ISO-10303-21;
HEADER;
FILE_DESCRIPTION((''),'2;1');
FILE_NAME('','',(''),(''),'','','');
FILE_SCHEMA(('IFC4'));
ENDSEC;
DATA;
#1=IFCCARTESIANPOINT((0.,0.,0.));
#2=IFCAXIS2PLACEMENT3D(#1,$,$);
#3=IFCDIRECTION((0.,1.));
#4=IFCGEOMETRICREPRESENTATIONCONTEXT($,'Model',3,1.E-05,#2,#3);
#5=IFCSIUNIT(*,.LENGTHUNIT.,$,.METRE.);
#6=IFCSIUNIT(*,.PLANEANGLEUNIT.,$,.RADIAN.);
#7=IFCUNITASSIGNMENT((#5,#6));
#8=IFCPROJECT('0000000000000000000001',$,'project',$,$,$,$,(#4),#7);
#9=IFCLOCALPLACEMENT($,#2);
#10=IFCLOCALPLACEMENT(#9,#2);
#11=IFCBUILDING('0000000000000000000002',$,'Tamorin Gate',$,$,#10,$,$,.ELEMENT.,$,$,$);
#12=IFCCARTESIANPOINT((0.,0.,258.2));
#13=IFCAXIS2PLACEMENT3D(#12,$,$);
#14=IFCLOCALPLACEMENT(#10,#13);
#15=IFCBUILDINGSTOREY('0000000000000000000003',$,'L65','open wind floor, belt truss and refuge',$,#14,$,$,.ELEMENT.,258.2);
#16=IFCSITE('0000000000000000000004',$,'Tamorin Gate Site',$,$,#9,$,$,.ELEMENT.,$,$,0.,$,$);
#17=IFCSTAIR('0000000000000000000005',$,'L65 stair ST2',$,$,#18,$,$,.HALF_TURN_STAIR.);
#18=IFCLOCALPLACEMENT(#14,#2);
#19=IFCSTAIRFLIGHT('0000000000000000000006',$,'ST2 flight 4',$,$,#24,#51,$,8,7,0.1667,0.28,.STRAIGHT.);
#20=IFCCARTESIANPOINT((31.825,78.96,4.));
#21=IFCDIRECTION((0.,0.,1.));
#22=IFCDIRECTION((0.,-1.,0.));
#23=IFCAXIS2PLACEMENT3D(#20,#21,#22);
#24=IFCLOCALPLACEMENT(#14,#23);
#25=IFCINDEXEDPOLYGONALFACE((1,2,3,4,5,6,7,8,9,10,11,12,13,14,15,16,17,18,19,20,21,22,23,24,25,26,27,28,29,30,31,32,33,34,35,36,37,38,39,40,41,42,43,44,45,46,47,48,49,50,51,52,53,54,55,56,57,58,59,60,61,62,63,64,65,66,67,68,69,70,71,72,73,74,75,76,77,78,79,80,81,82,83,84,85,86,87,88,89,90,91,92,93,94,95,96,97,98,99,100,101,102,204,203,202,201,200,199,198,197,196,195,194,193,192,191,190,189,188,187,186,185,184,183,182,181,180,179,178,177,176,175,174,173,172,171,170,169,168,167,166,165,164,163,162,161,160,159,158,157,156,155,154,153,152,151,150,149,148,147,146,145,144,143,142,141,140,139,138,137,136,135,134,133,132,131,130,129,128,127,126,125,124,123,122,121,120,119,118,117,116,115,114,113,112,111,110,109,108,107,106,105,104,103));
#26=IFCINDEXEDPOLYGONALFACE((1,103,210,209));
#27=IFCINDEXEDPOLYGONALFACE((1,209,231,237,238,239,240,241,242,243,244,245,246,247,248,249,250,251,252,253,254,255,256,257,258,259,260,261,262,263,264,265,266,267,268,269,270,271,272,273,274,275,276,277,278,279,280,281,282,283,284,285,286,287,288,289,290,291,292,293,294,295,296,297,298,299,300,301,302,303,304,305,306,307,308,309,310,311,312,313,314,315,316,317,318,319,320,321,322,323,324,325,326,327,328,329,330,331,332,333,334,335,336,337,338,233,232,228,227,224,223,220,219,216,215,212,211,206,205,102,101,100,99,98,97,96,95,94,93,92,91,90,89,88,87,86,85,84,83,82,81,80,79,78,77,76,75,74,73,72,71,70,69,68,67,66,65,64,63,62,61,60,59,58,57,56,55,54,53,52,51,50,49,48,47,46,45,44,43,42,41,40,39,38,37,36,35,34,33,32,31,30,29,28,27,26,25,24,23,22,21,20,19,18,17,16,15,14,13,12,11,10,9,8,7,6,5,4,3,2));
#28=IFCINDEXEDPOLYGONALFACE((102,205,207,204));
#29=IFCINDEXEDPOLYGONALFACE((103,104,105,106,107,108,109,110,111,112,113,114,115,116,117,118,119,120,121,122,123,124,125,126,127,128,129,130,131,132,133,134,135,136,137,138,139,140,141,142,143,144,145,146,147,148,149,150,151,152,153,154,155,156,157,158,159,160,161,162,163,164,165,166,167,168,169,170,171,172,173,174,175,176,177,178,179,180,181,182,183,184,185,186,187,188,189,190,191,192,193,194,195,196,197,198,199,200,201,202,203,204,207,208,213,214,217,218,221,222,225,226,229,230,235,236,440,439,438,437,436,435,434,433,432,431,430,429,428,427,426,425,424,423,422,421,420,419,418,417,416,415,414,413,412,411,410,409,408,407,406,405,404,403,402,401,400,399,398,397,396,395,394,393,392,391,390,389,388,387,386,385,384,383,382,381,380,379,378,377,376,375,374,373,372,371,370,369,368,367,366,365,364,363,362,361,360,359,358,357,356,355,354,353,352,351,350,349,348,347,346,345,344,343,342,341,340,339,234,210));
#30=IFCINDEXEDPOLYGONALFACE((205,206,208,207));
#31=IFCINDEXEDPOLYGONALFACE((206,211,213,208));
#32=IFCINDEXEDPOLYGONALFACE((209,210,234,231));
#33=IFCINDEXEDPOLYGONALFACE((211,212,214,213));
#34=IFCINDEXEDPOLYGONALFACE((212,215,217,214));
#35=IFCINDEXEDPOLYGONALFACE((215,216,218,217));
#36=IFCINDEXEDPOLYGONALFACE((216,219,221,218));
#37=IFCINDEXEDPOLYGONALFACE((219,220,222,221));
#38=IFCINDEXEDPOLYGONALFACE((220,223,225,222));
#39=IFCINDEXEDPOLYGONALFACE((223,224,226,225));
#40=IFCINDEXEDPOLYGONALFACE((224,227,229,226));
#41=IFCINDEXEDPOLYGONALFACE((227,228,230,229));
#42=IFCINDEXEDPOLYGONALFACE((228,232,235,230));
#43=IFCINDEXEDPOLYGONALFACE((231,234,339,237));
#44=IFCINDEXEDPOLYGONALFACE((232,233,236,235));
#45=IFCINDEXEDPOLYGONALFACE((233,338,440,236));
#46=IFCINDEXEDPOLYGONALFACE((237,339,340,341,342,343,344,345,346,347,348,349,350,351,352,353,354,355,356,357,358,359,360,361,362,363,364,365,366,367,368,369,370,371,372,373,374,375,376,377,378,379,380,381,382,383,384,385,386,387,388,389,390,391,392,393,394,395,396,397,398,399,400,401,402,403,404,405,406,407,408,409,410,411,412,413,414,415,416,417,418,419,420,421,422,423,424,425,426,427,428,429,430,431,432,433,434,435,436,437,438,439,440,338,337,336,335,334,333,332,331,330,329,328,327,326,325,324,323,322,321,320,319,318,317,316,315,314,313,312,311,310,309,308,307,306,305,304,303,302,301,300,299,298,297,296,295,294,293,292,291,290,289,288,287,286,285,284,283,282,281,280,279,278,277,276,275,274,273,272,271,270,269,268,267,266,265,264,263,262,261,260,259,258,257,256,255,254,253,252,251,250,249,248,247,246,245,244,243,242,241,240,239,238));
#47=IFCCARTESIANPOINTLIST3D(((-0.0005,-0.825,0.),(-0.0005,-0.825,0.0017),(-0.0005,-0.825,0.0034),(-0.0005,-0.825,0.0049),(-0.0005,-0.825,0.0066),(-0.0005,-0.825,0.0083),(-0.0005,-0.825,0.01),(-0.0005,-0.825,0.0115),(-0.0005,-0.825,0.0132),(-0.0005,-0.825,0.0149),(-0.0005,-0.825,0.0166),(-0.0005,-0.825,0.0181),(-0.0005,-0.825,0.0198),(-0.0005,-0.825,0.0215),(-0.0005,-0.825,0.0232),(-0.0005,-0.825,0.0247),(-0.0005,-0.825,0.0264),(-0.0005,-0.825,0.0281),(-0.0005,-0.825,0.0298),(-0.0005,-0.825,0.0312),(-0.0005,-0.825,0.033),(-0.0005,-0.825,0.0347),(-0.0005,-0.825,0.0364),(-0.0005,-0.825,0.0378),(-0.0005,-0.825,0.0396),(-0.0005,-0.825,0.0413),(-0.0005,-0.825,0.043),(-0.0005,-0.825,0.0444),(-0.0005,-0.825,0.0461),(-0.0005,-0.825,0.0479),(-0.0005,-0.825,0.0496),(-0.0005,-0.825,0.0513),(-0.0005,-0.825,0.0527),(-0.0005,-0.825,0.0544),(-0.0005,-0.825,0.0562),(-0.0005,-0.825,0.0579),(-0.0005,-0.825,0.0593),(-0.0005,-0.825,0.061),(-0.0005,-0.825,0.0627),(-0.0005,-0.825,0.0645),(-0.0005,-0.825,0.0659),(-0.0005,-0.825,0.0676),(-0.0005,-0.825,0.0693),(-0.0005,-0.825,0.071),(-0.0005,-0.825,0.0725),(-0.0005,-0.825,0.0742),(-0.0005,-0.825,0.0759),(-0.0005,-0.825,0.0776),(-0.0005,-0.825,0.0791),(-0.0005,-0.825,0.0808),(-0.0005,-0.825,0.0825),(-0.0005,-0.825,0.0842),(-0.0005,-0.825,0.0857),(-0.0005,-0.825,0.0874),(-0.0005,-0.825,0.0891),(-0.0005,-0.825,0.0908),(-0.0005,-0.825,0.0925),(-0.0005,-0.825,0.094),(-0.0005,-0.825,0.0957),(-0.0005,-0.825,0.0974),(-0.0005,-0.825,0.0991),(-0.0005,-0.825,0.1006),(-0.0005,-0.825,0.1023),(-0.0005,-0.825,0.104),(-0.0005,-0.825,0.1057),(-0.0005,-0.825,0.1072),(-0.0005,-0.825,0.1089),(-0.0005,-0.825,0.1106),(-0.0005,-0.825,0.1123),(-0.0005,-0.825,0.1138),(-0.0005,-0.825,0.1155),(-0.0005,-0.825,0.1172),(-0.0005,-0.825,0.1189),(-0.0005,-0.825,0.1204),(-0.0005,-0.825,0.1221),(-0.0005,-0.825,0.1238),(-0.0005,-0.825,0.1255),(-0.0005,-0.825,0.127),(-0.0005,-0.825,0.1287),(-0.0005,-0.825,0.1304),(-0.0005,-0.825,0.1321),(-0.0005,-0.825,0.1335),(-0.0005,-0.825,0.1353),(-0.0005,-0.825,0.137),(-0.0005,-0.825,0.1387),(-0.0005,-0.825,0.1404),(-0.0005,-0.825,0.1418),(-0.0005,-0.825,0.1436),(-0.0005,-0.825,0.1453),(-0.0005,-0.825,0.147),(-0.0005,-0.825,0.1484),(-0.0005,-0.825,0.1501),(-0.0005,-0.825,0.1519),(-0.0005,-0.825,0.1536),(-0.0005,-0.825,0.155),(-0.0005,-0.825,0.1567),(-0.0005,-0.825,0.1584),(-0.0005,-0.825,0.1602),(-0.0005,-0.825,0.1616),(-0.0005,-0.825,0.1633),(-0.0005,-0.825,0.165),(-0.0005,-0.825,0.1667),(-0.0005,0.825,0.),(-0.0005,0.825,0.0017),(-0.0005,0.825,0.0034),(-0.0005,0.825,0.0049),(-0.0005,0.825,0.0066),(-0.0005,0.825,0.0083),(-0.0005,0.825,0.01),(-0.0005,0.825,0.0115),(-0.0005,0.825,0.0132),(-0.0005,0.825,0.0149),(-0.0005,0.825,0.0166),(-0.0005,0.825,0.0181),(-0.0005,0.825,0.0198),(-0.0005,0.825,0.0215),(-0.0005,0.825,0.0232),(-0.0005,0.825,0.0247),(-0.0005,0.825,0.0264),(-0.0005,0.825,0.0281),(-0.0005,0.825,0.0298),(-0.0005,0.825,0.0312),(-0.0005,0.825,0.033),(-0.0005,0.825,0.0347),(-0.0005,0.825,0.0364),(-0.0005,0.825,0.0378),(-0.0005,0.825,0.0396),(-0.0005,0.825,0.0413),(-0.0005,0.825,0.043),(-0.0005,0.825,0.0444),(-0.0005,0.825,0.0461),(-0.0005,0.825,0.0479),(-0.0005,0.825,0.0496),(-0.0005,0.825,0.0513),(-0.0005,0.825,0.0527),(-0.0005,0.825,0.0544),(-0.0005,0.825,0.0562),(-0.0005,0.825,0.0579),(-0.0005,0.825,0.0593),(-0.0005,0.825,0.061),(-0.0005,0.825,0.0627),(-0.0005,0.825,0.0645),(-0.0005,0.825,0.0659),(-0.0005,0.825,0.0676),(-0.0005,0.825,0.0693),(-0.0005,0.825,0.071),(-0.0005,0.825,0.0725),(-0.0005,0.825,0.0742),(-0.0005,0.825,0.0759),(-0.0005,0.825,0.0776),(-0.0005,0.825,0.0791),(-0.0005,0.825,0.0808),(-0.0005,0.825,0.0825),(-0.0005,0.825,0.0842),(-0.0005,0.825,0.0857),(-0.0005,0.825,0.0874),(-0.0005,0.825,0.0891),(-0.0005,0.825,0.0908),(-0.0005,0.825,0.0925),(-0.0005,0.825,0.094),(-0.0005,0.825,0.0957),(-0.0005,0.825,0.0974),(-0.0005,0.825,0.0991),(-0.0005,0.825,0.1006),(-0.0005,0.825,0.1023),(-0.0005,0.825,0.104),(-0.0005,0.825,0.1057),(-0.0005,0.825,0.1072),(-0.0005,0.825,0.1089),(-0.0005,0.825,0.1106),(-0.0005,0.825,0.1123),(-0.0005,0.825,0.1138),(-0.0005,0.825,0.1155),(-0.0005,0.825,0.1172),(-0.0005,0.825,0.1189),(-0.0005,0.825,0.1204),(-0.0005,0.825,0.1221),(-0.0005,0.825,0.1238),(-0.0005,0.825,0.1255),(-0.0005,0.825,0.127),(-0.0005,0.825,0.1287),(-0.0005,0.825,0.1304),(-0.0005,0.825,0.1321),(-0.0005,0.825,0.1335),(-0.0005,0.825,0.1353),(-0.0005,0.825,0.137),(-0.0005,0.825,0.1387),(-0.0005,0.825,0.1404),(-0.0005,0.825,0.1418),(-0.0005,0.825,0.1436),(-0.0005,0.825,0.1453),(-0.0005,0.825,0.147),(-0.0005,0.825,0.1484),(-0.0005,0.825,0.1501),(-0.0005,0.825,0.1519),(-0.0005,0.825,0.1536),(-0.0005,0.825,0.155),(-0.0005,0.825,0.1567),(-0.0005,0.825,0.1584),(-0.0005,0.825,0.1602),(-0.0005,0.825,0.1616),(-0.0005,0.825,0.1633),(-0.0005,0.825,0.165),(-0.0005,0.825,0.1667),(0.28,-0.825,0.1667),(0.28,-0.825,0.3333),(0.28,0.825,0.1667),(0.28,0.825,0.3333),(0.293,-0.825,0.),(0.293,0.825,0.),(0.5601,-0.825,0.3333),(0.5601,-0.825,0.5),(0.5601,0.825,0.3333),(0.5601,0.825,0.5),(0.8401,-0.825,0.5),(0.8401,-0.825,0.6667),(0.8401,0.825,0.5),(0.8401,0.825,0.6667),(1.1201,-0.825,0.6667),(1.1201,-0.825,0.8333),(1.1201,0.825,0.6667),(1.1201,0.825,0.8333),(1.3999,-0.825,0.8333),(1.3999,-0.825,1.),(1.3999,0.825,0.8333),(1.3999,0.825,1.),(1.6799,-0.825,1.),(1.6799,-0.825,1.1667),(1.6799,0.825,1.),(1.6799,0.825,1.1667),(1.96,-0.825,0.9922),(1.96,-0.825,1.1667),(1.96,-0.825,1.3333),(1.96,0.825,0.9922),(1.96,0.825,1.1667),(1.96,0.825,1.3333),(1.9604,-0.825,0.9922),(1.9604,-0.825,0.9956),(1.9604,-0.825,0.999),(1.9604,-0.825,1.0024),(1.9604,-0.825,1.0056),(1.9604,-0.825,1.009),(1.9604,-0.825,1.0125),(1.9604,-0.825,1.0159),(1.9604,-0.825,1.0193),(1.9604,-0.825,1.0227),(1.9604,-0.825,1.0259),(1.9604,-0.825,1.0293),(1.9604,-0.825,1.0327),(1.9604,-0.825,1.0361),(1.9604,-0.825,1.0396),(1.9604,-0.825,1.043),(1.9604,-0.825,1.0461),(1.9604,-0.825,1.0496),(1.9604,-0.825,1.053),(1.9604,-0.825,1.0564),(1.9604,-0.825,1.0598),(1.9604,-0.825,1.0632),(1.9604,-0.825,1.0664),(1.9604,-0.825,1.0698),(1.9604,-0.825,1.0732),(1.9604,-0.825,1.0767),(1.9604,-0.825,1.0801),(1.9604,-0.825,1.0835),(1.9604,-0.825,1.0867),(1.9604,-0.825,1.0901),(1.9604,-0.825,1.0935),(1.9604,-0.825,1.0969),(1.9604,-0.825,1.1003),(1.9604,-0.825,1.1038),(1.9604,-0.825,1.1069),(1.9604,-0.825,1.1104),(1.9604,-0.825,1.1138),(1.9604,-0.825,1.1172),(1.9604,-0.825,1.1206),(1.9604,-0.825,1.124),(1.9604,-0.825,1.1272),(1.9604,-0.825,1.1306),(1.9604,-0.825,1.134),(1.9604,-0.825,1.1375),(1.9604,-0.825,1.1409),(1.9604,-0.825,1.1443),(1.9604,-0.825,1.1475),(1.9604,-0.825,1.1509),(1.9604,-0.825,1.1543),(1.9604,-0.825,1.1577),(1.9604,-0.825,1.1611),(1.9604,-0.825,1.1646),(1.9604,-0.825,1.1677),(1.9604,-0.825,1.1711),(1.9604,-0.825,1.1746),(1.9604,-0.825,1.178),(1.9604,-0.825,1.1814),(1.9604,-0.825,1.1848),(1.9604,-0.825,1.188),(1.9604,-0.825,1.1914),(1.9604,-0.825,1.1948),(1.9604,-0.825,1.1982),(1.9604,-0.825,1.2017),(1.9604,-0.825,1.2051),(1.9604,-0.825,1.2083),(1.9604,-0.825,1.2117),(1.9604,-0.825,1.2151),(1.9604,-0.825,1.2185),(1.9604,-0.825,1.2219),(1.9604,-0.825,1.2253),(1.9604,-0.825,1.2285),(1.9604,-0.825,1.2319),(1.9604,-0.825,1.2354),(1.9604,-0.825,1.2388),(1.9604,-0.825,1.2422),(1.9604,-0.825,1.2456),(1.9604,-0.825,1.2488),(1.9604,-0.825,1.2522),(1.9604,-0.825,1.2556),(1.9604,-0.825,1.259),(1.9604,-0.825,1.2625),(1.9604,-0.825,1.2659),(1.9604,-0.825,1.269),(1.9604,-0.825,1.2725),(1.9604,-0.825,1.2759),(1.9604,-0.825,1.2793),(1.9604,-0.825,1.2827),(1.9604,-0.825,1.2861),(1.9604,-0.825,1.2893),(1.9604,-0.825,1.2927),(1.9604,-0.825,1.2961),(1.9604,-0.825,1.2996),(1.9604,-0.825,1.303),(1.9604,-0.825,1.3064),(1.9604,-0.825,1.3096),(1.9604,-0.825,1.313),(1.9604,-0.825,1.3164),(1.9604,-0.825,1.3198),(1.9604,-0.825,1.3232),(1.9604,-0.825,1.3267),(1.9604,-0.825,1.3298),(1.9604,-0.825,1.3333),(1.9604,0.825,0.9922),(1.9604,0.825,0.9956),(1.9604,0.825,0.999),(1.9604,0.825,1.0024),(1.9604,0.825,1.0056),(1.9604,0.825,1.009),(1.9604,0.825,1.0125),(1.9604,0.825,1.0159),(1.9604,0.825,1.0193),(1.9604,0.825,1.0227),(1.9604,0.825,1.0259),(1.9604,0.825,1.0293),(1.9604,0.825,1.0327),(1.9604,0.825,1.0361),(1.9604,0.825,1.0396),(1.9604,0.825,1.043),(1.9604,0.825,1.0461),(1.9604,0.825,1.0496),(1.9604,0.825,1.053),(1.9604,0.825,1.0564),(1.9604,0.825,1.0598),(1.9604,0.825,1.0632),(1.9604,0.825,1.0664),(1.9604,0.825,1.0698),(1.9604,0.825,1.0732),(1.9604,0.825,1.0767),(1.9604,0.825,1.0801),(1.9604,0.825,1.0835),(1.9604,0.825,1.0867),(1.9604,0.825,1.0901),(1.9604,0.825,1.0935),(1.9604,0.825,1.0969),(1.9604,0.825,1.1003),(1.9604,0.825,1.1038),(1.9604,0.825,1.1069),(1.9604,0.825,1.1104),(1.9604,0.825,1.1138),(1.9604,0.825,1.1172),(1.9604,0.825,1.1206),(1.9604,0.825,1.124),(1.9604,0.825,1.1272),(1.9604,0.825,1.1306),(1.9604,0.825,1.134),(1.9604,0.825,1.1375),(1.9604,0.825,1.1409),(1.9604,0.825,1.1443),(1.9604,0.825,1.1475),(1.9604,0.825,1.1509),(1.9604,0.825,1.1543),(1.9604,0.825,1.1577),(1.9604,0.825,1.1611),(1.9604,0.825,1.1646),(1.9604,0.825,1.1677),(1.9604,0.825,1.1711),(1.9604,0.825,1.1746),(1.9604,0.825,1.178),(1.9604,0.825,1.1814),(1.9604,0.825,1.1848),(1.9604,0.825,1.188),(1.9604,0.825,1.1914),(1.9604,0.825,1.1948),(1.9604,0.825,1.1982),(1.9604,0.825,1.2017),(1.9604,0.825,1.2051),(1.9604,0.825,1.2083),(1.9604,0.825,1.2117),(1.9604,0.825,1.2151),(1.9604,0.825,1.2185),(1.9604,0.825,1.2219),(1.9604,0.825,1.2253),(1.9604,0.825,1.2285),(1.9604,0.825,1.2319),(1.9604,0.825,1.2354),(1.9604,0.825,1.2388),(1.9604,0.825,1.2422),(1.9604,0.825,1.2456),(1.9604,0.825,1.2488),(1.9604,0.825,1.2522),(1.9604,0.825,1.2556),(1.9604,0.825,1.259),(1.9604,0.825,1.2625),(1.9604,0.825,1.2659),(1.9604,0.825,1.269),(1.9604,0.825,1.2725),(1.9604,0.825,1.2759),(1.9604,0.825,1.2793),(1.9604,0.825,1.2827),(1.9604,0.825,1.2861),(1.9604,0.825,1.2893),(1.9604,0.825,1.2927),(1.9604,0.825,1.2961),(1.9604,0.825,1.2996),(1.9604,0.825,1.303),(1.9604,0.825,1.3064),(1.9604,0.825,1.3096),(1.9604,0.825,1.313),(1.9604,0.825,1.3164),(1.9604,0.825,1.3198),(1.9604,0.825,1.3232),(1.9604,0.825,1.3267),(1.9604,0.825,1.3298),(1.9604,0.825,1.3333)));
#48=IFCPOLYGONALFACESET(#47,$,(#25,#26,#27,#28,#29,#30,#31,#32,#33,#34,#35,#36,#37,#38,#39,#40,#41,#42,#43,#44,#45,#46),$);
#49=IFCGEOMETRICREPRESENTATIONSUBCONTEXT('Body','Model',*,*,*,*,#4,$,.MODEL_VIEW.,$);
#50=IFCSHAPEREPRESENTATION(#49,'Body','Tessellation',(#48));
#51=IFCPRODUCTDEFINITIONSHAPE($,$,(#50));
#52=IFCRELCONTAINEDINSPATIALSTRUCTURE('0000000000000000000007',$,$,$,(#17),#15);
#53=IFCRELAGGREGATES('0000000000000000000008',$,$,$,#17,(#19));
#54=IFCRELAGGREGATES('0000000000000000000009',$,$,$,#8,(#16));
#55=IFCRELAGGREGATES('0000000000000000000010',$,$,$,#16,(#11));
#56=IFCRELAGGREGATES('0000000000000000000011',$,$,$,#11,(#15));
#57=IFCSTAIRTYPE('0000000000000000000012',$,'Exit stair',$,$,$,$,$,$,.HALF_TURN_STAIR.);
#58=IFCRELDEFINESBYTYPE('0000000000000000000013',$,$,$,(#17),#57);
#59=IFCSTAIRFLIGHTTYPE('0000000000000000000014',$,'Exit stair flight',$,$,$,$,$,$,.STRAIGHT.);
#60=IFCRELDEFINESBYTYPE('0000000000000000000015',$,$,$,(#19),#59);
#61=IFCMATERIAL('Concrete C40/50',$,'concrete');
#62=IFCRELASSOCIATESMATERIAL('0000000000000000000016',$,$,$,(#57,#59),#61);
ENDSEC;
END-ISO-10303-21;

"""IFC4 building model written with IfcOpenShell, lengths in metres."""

from ifc_helpers import new_model, si_unit, direction, frame, origin, place, context, subcontext, project, spatial, polyline, outline, extrude, material, type_object, element, aggregate, save


model = new_model("IFC4")

# Units and contexts
model_context = context("Model", 3, precision=1e-05, world=origin(), true_north=direction((0.0, 1.0)))
body_context = subcontext(model_context, "Body", "Model", "MODEL_VIEW")
ifc_project = project(units=[si_unit("LENGTHUNIT", "METRE"), si_unit("PLANEANGLEUNIT", "RADIAN")], contexts=[model_context])

# Site, building, storey
site_placement = place(None, origin())
site = spatial("IfcSite", under=ifc_project, at=site_placement, Name="Tamorin Gate Site", CompositionType="ELEMENT", RefElevation=0.0)
building_placement = place(site_placement, origin())
building = spatial("IfcBuilding", under=site, at=building_placement, Name="Tamorin Gate", CompositionType="ELEMENT")
storey_placement = place(building_placement, frame((0.0, 0.0, 258.2)))
storey = spatial("IfcBuildingStorey", under=building, at=storey_placement, Name="L65", Description="open wind floor, belt truss and refuge", CompositionType="ELEMENT", Elevation=258.2)

# Stair, stair flight
ifc_material_1 = material(Name="Concrete C40/50", Category="concrete")
stair_type = type_object("IfcStairType", Name="Exit stair", PredefinedType="HALF_TURN_STAIR", material=ifc_material_1)
stair_placement = place(storey_placement, origin())
stair = element("IfcStair", 1, at=stair_placement, inside=storey, type_object=stair_type, Name="L65 stair ST2", PredefinedType="HALF_TURN_STAIR")
stair_flight_type = type_object("IfcStairFlightType", Name="Exit stair flight", PredefinedType="STRAIGHT", material=ifc_material_1)
stair_flight_1_placement = place(storey_placement, frame((31.825, 78.96, 4.0), z_axis=(0.0, 0.0, 1.0), x_axis=(0.0, -1.0, 0.0)))
stair_flight_1 = element("IfcStairFlight", 2, at=stair_flight_1_placement, type_object=stair_flight_type, Name="ST2 flight 4", NumberOfRisers=8, NumberOfTreads=7, PredefinedType="STRAIGHT", RiserHeight=0.1667, TreadLength=0.28, context=body_context, shape_type="SweptSolid", body=[
    extrude(outline(polyline([(-0.0005, 0.0), (-0.0005, 0.0017), (-0.0005, 0.0034), (-0.0005, 0.0049), (-0.0005, 0.0066), (-0.0005, 0.0083), (-0.0005, 0.01), (-0.0005, 0.0115), (-0.0005, 0.0132), (-0.0005, 0.0149), (-0.0005, 0.0166), (-0.0005, 0.0181), (-0.0005, 0.0198), (-0.0005, 0.0215), (-0.0005, 0.0232), (-0.0005, 0.0247), (-0.0005, 0.0264), (-0.0005, 0.0281), (-0.0005, 0.0298), (-0.0005, 0.0312), (-0.0005, 0.033), (-0.0005, 0.0347), (-0.0005, 0.0364), (-0.0005, 0.0378), (-0.0005, 0.0396), (-0.0005, 0.0413), (-0.0005, 0.043), (-0.0005, 0.0444), (-0.0005, 0.0461), (-0.0005, 0.0479), (-0.0005, 0.0496), (-0.0005, 0.0513), (-0.0005, 0.0527), (-0.0005, 0.0544), (-0.0005, 0.0562), (-0.0005, 0.0579), (-0.0005, 0.0593), (-0.0005, 0.061), (-0.0005, 0.0627), (-0.0005, 0.0645), (-0.0005, 0.0659), (-0.0005, 0.0676), (-0.0005, 0.0693), (-0.0005, 0.071), (-0.0005, 0.0725), (-0.0005, 0.0742), (-0.0005, 0.0759), (-0.0005, 0.0776), (-0.0005, 0.0791), (-0.0005, 0.0808), (-0.0005, 0.0825), (-0.0005, 0.0842), (-0.0005, 0.0857), (-0.0005, 0.0874), (-0.0005, 0.0891), (-0.0005, 0.0908), (-0.0005, 0.0925), (-0.0005, 0.094), (-0.0005, 0.0957), (-0.0005, 0.0974), (-0.0005, 0.0991), (-0.0005, 0.1006), (-0.0005, 0.1023), (-0.0005, 0.104), (-0.0005, 0.1057), (-0.0005, 0.1072), (-0.0005, 0.1089), (-0.0005, 0.1106), (-0.0005, 0.1123), (-0.0005, 0.1138), (-0.0005, 0.1155), (-0.0005, 0.1172), (-0.0005, 0.1189), (-0.0005, 0.1204), (-0.0005, 0.1221), (-0.0005, 0.1238), (-0.0005, 0.1255), (-0.0005, 0.127), (-0.0005, 0.1287), (-0.0005, 0.1304), (-0.0005, 0.1321), (-0.0005, 0.1335), (-0.0005, 0.1353), (-0.0005, 0.137), (-0.0005, 0.1387), (-0.0005, 0.1404), (-0.0005, 0.1418), (-0.0005, 0.1436), (-0.0005, 0.1453), (-0.0005, 0.147), (-0.0005, 0.1484), (-0.0005, 0.1501), (-0.0005, 0.1519), (-0.0005, 0.1536), (-0.0005, 0.155), (-0.0005, 0.1567), (-0.0005, 0.1584), (-0.0005, 0.1602), (-0.0005, 0.1616), (-0.0005, 0.1633), (-0.0005, 0.165), (-0.0005, 0.1667), (0.28, 0.1667), (0.28, 0.3333), (0.5601, 0.3333), (0.5601, 0.5), (0.8401, 0.5), (0.8401, 0.6667), (1.1201, 0.6667), (1.1201, 0.8333), (1.3999, 0.8333), (1.3999, 1.0), (1.6799, 1.0), (1.6799, 1.1667), (1.96, 1.1667), (1.96, 1.3333), (1.9604, 1.3333), (1.9604, 1.3298), (1.9604, 1.3267), (1.9604, 1.3232), (1.9604, 1.3198), (1.9604, 1.3164), (1.9604, 1.313), (1.9604, 1.3096), (1.9604, 1.3064), (1.9604, 1.303), (1.9604, 1.2996), (1.9604, 1.2961), (1.9604, 1.2927), (1.9604, 1.2893), (1.9604, 1.2861), (1.9604, 1.2827), (1.9604, 1.2793), (1.9604, 1.2759), (1.9604, 1.2725), (1.9604, 1.269), (1.9604, 1.2659), (1.9604, 1.2625), (1.9604, 1.259), (1.9604, 1.2556), (1.9604, 1.2522), (1.9604, 1.2488), (1.9604, 1.2456), (1.9604, 1.2422), (1.9604, 1.2388), (1.9604, 1.2354), (1.9604, 1.2319), (1.9604, 1.2285), (1.9604, 1.2253), (1.9604, 1.2219), (1.9604, 1.2185), (1.9604, 1.2151), (1.9604, 1.2117), (1.9604, 1.2083), (1.9604, 1.2051), (1.9604, 1.2017), (1.9604, 1.1982), (1.9604, 1.1948), (1.9604, 1.1914), (1.9604, 1.188), (1.9604, 1.1848), (1.9604, 1.1814), (1.9604, 1.178), (1.9604, 1.1746), (1.9604, 1.1711), (1.9604, 1.1677), (1.9604, 1.1646), (1.9604, 1.1611), (1.9604, 1.1577), (1.9604, 1.1543), (1.9604, 1.1509), (1.9604, 1.1475), (1.9604, 1.1443), (1.9604, 1.1409), (1.9604, 1.1375), (1.9604, 1.134), (1.9604, 1.1306), (1.9604, 1.1272), (1.9604, 1.124), (1.9604, 1.1206), (1.9604, 1.1172), (1.9604, 1.1138), (1.9604, 1.1104), (1.9604, 1.1069), (1.9604, 1.1038), (1.9604, 1.1003), (1.9604, 1.0969), (1.9604, 1.0935), (1.9604, 1.0901), (1.9604, 1.0867), (1.9604, 1.0835), (1.9604, 1.0801), (1.9604, 1.0767), (1.9604, 1.0732), (1.9604, 1.0698), (1.9604, 1.0664), (1.9604, 1.0632), (1.9604, 1.0598), (1.9604, 1.0564), (1.9604, 1.053), (1.9604, 1.0496), (1.9604, 1.0461), (1.9604, 1.043), (1.9604, 1.0396), (1.9604, 1.0361), (1.9604, 1.0327), (1.9604, 1.0293), (1.9604, 1.0259), (1.9604, 1.0227), (1.9604, 1.0193), (1.9604, 1.0159), (1.9604, 1.0125), (1.9604, 1.009), (1.9604, 1.0056), (1.9604, 1.0024), (1.9604, 0.999), (1.9604, 0.9956), (1.9604, 0.9922), (1.96, 0.9922), (0.293, 0.0), (-0.0005, 0.0)])), frame((0.0, 0.825, 0.0), z_axis=(0.0, -1.0, 0.0), x_axis=(1.0, 0.0, 0.0)), (0.0, 0.0, 1.0), 1.6499),
])
aggregate(stair, [stair_flight_1])

save(model, "model.ifc")
